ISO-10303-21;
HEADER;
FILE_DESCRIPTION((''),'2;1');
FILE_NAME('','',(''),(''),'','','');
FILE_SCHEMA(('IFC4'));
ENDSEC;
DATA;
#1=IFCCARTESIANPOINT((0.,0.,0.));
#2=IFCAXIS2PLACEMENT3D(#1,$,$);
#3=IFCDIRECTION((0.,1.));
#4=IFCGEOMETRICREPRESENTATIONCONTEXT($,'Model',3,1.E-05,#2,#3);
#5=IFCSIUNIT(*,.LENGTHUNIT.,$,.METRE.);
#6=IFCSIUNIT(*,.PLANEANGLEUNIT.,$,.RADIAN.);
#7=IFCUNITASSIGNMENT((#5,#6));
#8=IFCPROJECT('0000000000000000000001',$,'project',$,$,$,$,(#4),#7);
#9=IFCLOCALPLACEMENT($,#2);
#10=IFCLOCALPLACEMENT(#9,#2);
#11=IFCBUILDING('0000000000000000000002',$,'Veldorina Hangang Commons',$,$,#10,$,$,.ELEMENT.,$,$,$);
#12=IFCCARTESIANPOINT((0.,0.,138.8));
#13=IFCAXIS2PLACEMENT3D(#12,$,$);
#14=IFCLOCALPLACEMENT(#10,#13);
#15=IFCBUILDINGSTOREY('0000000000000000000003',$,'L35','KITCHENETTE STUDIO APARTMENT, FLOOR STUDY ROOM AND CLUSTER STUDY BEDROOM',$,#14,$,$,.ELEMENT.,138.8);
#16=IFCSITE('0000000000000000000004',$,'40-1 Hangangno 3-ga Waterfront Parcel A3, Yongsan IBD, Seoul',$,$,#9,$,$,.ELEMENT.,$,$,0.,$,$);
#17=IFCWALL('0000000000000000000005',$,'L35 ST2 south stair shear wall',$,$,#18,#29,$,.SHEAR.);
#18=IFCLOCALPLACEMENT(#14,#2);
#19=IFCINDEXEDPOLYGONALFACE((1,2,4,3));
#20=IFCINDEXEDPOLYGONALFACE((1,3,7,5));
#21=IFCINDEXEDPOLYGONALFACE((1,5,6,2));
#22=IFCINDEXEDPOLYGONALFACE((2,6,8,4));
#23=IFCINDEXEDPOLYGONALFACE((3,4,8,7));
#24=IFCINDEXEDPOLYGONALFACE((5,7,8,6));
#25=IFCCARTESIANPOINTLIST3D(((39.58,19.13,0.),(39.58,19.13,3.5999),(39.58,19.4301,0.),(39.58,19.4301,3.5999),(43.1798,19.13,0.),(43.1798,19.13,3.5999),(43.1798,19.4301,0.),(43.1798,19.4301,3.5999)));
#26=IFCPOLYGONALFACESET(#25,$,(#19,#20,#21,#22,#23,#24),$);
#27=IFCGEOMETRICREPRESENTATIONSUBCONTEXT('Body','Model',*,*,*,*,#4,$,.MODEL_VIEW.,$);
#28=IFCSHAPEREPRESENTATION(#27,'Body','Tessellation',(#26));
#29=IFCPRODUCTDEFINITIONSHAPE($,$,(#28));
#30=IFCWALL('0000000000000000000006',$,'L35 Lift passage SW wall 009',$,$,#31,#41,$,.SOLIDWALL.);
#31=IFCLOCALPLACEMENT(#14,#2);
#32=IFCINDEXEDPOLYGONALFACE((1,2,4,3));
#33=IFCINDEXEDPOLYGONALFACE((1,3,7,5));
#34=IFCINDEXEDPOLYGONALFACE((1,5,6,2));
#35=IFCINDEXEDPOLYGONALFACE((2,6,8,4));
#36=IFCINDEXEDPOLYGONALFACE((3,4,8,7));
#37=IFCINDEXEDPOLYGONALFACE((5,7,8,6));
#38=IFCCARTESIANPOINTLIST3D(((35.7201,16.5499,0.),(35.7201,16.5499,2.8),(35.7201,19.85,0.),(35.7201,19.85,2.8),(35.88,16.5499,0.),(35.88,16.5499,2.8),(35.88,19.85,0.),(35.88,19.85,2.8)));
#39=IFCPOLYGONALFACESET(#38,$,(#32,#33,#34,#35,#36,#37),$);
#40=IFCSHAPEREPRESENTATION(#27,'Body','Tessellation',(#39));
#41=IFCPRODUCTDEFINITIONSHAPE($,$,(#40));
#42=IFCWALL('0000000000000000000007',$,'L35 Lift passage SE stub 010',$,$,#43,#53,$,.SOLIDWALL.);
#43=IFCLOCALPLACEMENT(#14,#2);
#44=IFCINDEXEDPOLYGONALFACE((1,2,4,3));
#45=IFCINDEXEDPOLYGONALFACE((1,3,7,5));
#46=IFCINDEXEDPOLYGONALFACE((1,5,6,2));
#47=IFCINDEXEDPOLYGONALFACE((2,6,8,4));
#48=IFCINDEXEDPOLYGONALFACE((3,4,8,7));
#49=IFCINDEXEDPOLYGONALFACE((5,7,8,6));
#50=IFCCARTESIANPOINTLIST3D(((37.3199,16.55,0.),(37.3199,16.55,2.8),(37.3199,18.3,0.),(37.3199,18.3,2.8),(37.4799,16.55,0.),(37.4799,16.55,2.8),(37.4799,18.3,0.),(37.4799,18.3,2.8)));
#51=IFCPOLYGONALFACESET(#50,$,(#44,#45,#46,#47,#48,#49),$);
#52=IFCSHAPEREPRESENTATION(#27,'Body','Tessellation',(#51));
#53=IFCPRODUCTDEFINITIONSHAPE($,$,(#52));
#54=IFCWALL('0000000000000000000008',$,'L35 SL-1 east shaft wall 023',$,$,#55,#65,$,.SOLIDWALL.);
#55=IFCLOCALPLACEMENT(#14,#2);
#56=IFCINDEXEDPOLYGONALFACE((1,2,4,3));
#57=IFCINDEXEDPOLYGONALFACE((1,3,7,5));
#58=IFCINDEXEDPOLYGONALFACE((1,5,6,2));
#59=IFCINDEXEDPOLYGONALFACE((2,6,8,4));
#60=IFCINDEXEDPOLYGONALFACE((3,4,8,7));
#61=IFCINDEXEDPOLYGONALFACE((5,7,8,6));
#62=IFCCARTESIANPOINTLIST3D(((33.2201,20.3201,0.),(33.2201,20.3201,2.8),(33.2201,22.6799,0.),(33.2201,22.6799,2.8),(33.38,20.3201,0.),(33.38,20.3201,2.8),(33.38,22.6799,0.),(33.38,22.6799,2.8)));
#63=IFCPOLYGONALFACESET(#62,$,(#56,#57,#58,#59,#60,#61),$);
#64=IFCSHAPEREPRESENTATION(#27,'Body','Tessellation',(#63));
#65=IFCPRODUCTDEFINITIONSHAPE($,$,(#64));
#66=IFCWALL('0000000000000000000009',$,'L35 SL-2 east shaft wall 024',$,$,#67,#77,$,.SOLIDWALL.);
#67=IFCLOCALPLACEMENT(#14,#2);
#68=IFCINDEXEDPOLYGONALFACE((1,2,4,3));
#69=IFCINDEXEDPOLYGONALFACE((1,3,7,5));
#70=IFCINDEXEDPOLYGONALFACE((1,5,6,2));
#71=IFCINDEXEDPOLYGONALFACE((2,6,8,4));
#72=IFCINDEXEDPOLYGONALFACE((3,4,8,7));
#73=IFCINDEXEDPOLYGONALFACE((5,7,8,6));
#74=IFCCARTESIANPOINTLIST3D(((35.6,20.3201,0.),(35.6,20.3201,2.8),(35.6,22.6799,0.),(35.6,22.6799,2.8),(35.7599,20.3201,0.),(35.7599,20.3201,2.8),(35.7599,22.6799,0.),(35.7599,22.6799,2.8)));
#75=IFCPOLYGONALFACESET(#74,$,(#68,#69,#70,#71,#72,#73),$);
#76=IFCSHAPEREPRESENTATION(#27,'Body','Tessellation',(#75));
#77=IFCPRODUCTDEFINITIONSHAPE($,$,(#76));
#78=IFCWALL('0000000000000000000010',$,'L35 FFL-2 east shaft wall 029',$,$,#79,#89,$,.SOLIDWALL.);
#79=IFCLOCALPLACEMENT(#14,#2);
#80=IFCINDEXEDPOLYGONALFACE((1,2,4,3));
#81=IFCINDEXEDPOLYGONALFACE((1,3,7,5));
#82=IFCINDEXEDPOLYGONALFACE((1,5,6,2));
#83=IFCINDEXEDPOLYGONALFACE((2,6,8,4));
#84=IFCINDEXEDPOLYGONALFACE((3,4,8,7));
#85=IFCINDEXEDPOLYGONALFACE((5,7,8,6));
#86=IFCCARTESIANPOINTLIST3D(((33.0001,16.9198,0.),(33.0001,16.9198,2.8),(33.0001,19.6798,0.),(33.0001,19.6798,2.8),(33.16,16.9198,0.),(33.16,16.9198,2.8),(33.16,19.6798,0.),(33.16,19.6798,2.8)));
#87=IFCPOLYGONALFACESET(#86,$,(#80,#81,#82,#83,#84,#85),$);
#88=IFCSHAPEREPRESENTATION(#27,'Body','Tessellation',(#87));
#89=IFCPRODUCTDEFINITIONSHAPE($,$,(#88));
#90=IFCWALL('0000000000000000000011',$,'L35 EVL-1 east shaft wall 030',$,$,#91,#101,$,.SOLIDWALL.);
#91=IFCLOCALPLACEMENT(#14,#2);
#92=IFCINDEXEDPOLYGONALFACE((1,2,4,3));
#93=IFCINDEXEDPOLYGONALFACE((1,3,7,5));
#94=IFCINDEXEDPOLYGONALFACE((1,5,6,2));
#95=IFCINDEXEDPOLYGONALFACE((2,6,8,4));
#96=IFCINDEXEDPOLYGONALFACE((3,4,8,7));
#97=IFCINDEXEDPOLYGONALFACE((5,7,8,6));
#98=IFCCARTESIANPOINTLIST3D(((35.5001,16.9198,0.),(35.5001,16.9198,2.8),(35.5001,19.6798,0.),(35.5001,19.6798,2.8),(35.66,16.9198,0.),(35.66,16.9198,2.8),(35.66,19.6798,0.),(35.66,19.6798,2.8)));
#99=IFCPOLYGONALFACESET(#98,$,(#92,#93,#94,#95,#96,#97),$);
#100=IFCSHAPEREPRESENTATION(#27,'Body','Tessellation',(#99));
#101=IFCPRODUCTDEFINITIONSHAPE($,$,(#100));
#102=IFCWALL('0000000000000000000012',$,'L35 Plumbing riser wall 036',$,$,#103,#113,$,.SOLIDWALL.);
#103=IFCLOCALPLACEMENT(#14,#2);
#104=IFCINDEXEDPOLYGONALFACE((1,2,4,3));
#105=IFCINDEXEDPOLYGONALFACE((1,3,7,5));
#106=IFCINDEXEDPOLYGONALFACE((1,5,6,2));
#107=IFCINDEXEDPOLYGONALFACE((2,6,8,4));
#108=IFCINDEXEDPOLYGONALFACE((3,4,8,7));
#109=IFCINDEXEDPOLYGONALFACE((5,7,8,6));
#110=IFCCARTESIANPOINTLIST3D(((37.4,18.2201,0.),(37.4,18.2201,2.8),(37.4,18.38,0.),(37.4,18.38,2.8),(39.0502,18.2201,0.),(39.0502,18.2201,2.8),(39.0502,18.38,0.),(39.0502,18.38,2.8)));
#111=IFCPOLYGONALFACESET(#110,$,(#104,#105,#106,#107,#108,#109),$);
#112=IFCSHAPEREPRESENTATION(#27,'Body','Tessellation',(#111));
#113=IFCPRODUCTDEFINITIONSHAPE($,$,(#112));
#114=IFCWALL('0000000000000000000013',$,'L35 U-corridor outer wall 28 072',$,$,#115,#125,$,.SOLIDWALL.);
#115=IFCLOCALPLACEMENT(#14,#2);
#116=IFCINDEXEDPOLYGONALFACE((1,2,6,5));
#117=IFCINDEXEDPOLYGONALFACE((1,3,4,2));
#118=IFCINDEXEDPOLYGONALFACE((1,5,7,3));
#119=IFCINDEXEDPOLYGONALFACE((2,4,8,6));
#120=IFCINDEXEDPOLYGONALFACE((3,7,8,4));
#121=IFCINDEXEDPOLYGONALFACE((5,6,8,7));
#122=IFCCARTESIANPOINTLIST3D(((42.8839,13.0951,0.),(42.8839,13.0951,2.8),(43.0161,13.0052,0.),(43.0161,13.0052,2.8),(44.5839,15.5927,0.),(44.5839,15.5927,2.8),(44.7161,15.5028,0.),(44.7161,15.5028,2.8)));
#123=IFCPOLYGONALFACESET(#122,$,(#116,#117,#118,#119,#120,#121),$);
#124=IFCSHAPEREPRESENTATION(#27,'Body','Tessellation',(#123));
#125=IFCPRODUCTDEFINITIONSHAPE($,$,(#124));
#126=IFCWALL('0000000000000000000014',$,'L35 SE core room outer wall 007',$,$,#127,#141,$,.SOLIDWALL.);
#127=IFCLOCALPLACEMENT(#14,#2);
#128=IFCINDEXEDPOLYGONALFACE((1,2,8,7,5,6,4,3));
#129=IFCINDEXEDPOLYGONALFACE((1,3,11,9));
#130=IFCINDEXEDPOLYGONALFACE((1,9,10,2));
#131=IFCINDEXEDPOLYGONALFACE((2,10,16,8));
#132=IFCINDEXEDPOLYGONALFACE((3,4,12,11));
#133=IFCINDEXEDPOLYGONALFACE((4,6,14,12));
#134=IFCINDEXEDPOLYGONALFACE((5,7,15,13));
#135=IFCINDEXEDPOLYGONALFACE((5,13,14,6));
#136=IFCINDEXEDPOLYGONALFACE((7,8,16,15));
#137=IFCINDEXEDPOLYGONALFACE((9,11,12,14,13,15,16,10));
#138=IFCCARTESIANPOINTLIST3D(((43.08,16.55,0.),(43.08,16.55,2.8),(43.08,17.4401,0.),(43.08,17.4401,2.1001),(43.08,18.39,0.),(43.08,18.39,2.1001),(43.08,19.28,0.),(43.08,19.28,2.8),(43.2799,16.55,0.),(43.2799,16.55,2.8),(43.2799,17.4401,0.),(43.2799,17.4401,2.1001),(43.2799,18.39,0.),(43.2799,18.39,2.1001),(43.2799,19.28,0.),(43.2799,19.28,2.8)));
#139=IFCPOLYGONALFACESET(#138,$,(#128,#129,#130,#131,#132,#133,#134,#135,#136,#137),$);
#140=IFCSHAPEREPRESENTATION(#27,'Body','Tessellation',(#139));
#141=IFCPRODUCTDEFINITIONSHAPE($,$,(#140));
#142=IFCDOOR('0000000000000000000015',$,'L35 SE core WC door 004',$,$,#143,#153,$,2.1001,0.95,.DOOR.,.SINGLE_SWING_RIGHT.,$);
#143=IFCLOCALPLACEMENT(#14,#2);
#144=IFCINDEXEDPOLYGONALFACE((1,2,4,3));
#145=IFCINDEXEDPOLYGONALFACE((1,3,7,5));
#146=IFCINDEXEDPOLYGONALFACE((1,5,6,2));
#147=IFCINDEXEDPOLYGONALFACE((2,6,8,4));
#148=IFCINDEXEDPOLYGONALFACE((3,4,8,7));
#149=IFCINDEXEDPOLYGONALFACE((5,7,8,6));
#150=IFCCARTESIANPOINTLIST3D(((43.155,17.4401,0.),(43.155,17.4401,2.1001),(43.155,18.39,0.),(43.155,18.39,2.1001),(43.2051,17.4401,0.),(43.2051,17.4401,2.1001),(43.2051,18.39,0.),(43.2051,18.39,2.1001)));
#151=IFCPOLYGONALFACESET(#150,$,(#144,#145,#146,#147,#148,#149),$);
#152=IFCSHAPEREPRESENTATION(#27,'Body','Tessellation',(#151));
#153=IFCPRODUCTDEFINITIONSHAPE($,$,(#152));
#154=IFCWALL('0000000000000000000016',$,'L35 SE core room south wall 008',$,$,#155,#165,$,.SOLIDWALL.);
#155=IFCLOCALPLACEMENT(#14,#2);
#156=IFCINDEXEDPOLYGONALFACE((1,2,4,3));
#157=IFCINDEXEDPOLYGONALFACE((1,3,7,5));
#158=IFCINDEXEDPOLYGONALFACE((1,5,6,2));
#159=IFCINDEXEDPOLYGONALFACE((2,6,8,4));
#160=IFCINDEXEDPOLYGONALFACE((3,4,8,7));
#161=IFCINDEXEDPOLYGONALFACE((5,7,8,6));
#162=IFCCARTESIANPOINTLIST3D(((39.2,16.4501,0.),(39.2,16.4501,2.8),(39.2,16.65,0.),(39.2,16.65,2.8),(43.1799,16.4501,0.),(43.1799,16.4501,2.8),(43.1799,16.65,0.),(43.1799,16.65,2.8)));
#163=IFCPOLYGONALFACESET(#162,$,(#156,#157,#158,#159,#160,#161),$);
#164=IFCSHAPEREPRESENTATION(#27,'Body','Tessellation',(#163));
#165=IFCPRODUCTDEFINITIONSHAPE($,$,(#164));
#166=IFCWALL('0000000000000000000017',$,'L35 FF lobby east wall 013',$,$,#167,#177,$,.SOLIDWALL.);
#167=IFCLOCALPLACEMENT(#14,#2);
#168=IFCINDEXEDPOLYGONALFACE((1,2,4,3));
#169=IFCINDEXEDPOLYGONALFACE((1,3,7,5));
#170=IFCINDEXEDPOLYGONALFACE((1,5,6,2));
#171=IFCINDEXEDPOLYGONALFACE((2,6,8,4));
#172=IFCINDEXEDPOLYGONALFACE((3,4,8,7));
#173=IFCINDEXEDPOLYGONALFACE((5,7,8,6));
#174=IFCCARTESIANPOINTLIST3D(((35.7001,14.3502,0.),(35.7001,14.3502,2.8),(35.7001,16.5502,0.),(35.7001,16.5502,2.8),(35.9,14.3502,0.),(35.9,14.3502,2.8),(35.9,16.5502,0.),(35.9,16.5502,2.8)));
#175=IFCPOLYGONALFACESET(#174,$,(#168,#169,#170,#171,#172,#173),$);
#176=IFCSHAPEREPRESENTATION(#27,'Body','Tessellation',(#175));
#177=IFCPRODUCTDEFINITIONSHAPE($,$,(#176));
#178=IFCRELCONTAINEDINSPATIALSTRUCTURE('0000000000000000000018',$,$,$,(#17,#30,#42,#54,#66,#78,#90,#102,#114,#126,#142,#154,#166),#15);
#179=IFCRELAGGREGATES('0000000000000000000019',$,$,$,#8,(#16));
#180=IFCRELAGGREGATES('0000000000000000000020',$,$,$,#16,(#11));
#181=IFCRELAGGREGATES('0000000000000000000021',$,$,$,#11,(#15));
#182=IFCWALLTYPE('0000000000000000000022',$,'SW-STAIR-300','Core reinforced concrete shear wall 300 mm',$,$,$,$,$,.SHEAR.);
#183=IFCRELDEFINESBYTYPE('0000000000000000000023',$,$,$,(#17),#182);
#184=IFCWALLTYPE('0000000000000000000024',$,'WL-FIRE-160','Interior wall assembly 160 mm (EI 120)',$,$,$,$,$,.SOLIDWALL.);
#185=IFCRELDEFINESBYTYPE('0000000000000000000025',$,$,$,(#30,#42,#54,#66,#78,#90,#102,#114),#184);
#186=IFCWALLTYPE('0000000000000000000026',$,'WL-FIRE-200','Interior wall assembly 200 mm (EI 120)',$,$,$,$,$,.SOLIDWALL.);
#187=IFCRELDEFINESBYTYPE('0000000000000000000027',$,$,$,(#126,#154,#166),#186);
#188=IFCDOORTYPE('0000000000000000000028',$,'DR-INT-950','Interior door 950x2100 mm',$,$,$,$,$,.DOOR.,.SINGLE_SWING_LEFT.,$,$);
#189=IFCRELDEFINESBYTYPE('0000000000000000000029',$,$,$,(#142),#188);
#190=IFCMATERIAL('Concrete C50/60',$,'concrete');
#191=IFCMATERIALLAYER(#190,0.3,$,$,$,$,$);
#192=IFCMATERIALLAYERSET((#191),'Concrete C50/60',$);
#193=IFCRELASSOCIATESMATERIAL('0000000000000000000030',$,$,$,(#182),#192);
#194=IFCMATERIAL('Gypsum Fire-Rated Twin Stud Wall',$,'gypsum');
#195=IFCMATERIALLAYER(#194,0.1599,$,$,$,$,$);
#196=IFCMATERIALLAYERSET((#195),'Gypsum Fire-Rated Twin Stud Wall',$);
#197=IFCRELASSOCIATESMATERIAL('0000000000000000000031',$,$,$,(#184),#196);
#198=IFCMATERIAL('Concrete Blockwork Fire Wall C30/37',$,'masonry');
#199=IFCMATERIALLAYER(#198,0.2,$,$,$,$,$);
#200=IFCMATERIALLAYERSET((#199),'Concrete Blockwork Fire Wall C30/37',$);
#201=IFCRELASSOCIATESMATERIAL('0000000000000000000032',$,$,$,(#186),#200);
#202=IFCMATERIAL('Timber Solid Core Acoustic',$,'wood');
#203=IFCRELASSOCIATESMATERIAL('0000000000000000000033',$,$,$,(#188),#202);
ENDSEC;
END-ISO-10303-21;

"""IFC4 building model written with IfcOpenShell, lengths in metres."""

from ifc_helpers import new_model, si_unit, direction, frame, frame_2d, origin, place, context, subcontext, project, spatial, rectangle, extrude, material, layer, layer_set, type_object, element, fill, save


model = new_model("IFC4")

# Units and contexts
model_context = context("Model", 3, precision=1e-05, world=origin(), true_north=direction((0.0, 1.0)))
body_context = subcontext(model_context, "Body", "Model", "MODEL_VIEW")
ifc_project = project(units=[si_unit("LENGTHUNIT", "METRE"), si_unit("PLANEANGLEUNIT", "RADIAN")], contexts=[model_context])

# Site, building, storey
site_placement = place(None, origin())
site = spatial("IfcSite", under=ifc_project, at=site_placement, Name="40-1 Hangangno 3-ga Waterfront Parcel A3, Yongsan IBD, Seoul", CompositionType="ELEMENT", RefElevation=0.0)
building_placement = place(site_placement, origin())
building = spatial("IfcBuilding", under=site, at=building_placement, Name="Veldorina Hangang Commons", CompositionType="ELEMENT")
storey_placement = place(building_placement, frame((0.0, 0.0, 138.8)))
storey = spatial("IfcBuildingStorey", under=building, at=storey_placement, Name="L35", Description="KITCHENETTE STUDIO APARTMENT, FLOOR STUDY ROOM AND CLUSTER STUDY BEDROOM", CompositionType="ELEMENT", Elevation=138.8)

# Walls
ifc_material_1 = material(Name="Concrete C50/60", Category="concrete")
ifc_layer_1 = layer(ifc_material_1, 0.3)
ifc_layer_set_1 = layer_set([ifc_layer_1], Name="Concrete C50/60")
wall_type_1 = type_object("IfcWallType", Name="SW-STAIR-300", Description="Core reinforced concrete shear wall 300 mm", PredefinedType="SHEAR", material=ifc_layer_set_1)
wall_1_placement = place(storey_placement, frame((39.5801, 19.28, 0.0), z_axis=(0.0, 0.0, 1.0), x_axis=(1.0, 0.0, 0.0)))
element("IfcWall", 1, at=wall_1_placement, inside=storey, type_object=wall_type_1, Name="L35 ST2 south stair shear wall", PredefinedType="SHEAR", context=body_context, shape_type="SweptSolid", body=[
    extrude(rectangle(XDim=3.5999, YDim=0.3, at=frame_2d((1.7998, 0.0))), origin(), (0.0, 0.0, 1.0), 3.5999),
])
ifc_material_2 = material(Name="Gypsum Fire-Rated Twin Stud Wall", Category="gypsum")
ifc_layer_2 = layer(ifc_material_2, 0.1599)
ifc_layer_set_2 = layer_set([ifc_layer_2], Name="Gypsum Fire-Rated Twin Stud Wall")
wall_type_2 = type_object("IfcWallType", Name="WL-FIRE-160", Description="Interior wall assembly 160 mm (EI 120)", PredefinedType="SOLIDWALL", material=ifc_layer_set_2)
wall_2_placement = place(storey_placement, frame((35.8, 16.55, 0.0), z_axis=(0.0, 0.0, 1.0), x_axis=(0.0, 1.0, 0.0)))
element("IfcWall", 2, at=wall_2_placement, inside=storey, type_object=wall_type_2, Name="L35 Lift passage SW wall 009", PredefinedType="SOLIDWALL", context=body_context, shape_type="SweptSolid", body=[
    extrude(rectangle(XDim=3.3, YDim=0.1599, at=frame_2d((1.6499, 0.0))), origin(), (0.0, 0.0, 1.0), 2.8),
])
wall_3_placement = place(storey_placement, frame((37.3999, 16.55, 0.0), z_axis=(0.0, 0.0, 1.0), x_axis=(0.0, 1.0, 0.0)))
element("IfcWall", 3, at=wall_3_placement, inside=storey, type_object=wall_type_2, Name="L35 Lift passage SE stub 010", PredefinedType="SOLIDWALL", context=body_context, shape_type="SweptSolid", body=[
    extrude(rectangle(XDim=1.75, YDim=0.1599, at=frame_2d((0.875, 0.0))), origin(), (0.0, 0.0, 1.0), 2.8),
])
for number, where, z_axis, x_axis, name in (
    (4, (33.3, 20.3201, 0.0), (0.0, 0.0, 1.0), (0.0, 1.0, 0.0), "L35 SL-1 east shaft wall 023"),
    (5, (35.6799, 20.3201, 0.0), (0.0, 0.0, 1.0), (0.0, 1.0, 0.0), "L35 SL-2 east shaft wall 024"),
):
    element("IfcWall", number, at=place(storey_placement, frame(where, z_axis=z_axis, x_axis=x_axis)), inside=storey, type_object=wall_type_2, Name=name, PredefinedType="SOLIDWALL", context=body_context, shape_type="SweptSolid", body=[
        extrude(rectangle(XDim=2.3599, YDim=0.1599, at=frame_2d((1.1799, 0.0))), origin(), (0.0, 0.0, 1.0), 2.8),
    ])
for number, where, z_axis, x_axis, name in (
    (6, (33.0801, 16.9199, 0.0), (0.0, 0.0, 1.0), (0.0, 1.0, 0.0), "L35 FFL-2 east shaft wall 029"),
    (7, (35.5801, 16.9199, 0.0), (0.0, 0.0, 1.0), (0.0, 1.0, 0.0), "L35 EVL-1 east shaft wall 030"),
):
    element("IfcWall", number, at=place(storey_placement, frame(where, z_axis=z_axis, x_axis=x_axis)), inside=storey, type_object=wall_type_2, Name=name, PredefinedType="SOLIDWALL", context=body_context, shape_type="SweptSolid", body=[
        extrude(rectangle(XDim=2.76, YDim=0.1599, at=frame_2d((1.3799, 0.0))), origin(), (0.0, 0.0, 1.0), 2.8),
    ])
wall_4_placement = place(storey_placement, frame((37.3999, 18.3, 0.0), z_axis=(0.0, 0.0, 1.0), x_axis=(1.0, 0.0, 0.0)))
element("IfcWall", 8, at=wall_4_placement, inside=storey, type_object=wall_type_2, Name="L35 Plumbing riser wall 036", PredefinedType="SOLIDWALL", context=body_context, shape_type="SweptSolid", body=[
    extrude(rectangle(XDim=1.6501, YDim=0.1599, at=frame_2d((0.8252, 0.0))), origin(), (0.0, 0.0, 1.0), 2.8),
])
wall_5_placement = place(storey_placement, frame((42.95, 13.05, 0.0), z_axis=(0.0, 0.0, 1.0), x_axis=(0.562675, 0.826678, 0.0)))
element("IfcWall", 9, at=wall_5_placement, inside=storey, type_object=wall_type_2, Name="L35 U-corridor outer wall 28 072", PredefinedType="SOLIDWALL", context=body_context, shape_type="SweptSolid", body=[
    extrude(rectangle(XDim=3.0212, YDim=0.1599, at=frame_2d((1.5107, 0.0))), origin(), (0.0, 0.0, 1.0), 2.8),
])

# Wall, opening, door
ifc_material_3 = material(Name="Concrete Blockwork Fire Wall C30/37", Category="masonry")
ifc_layer_3 = layer(ifc_material_3, 0.2)
ifc_layer_set_3 = layer_set([ifc_layer_3], Name="Concrete Blockwork Fire Wall C30/37")
wall_type_3 = type_object("IfcWallType", Name="WL-FIRE-200", Description="Interior wall assembly 200 mm (EI 120)", PredefinedType="SOLIDWALL", material=ifc_layer_set_3)
wall_6_placement = place(storey_placement, frame((43.1799, 16.55, 0.0), z_axis=(0.0, 0.0, 1.0), x_axis=(0.0, 1.0, 0.0)))
wall_6 = element("IfcWall", 10, at=wall_6_placement, inside=storey, type_object=wall_type_3, Name="L35 SE core room outer wall 007", PredefinedType="SOLIDWALL", context=body_context, shape_type="SweptSolid", body=[
    extrude(rectangle(XDim=2.73, YDim=0.2, at=frame_2d((1.365, 0.0))), origin(), (0.0, 0.0, 1.0), 2.8),
])
opening_1_placement = place(wall_6_placement, frame((0.8899, 0.0, 0.0)))
opening_1 = element("IfcOpeningElement", 11, at=opening_1_placement, cuts=wall_6, PredefinedType="OPENING", context=body_context, shape_type="SweptSolid", body=[
    extrude(rectangle(XDim=0.95, YDim=2.1001, at=frame_2d((0.4751, 1.05))), frame((0.0, 0.1099, 0.0), z_axis=(0.0, -1.0, 0.0), x_axis=(1.0, 0.0, 0.0)), (0.0, 0.0, 1.0), 0.22),
])
ifc_material_4 = material(Name="Timber Solid Core Acoustic", Category="wood")
door_type_1 = type_object("IfcDoorType", Name="DR-INT-950", Description="Interior door 950x2100 mm", OperationType="SINGLE_SWING_LEFT", PredefinedType="DOOR", material=ifc_material_4)
door_1_placement = place(opening_1_placement, origin())
door_1 = element("IfcDoor", 12, at=door_1_placement, inside=storey, type_object=door_type_1, Name="L35 SE core WC door 004", OperationType="SINGLE_SWING_RIGHT", OverallHeight=2.1001, OverallWidth=0.95, PredefinedType="DOOR", context=body_context, shape_type="SweptSolid", body=[
    extrude(rectangle(XDim=0.95, YDim=2.1001, at=frame_2d((0.4751, 1.05))), frame((0.0, 0.0249, 0.0), z_axis=(0.0, -1.0, 0.0), x_axis=(1.0, 0.0, 0.0)), (0.0, 0.0, 1.0), 0.05),
])
fill(opening_1, door_1)

# Walls
wall_7_placement = place(storey_placement, frame((39.2, 16.55, 0.0), z_axis=(0.0, 0.0, 1.0), x_axis=(1.0, 0.0, 0.0)))
element("IfcWall", 13, at=wall_7_placement, inside=storey, type_object=wall_type_3, Name="L35 SE core room south wall 008", PredefinedType="SOLIDWALL", context=body_context, shape_type="SweptSolid", body=[
    extrude(rectangle(XDim=3.98, YDim=0.2, at=frame_2d((1.99, 0.0))), origin(), (0.0, 0.0, 1.0), 2.8),
])
wall_8_placement = place(storey_placement, frame((35.8, 14.3501, 0.0), z_axis=(0.0, 0.0, 1.0), x_axis=(0.0, 1.0, 0.0)))
element("IfcWall", 14, at=wall_8_placement, inside=storey, type_object=wall_type_3, Name="L35 FF lobby east wall 013", PredefinedType="SOLIDWALL", context=body_context, shape_type="SweptSolid", body=[
    extrude(rectangle(XDim=2.2, YDim=0.2, at=frame_2d((1.1001, 0.0))), origin(), (0.0, 0.0, 1.0), 2.8),
])

save(model, "model.ifc")
